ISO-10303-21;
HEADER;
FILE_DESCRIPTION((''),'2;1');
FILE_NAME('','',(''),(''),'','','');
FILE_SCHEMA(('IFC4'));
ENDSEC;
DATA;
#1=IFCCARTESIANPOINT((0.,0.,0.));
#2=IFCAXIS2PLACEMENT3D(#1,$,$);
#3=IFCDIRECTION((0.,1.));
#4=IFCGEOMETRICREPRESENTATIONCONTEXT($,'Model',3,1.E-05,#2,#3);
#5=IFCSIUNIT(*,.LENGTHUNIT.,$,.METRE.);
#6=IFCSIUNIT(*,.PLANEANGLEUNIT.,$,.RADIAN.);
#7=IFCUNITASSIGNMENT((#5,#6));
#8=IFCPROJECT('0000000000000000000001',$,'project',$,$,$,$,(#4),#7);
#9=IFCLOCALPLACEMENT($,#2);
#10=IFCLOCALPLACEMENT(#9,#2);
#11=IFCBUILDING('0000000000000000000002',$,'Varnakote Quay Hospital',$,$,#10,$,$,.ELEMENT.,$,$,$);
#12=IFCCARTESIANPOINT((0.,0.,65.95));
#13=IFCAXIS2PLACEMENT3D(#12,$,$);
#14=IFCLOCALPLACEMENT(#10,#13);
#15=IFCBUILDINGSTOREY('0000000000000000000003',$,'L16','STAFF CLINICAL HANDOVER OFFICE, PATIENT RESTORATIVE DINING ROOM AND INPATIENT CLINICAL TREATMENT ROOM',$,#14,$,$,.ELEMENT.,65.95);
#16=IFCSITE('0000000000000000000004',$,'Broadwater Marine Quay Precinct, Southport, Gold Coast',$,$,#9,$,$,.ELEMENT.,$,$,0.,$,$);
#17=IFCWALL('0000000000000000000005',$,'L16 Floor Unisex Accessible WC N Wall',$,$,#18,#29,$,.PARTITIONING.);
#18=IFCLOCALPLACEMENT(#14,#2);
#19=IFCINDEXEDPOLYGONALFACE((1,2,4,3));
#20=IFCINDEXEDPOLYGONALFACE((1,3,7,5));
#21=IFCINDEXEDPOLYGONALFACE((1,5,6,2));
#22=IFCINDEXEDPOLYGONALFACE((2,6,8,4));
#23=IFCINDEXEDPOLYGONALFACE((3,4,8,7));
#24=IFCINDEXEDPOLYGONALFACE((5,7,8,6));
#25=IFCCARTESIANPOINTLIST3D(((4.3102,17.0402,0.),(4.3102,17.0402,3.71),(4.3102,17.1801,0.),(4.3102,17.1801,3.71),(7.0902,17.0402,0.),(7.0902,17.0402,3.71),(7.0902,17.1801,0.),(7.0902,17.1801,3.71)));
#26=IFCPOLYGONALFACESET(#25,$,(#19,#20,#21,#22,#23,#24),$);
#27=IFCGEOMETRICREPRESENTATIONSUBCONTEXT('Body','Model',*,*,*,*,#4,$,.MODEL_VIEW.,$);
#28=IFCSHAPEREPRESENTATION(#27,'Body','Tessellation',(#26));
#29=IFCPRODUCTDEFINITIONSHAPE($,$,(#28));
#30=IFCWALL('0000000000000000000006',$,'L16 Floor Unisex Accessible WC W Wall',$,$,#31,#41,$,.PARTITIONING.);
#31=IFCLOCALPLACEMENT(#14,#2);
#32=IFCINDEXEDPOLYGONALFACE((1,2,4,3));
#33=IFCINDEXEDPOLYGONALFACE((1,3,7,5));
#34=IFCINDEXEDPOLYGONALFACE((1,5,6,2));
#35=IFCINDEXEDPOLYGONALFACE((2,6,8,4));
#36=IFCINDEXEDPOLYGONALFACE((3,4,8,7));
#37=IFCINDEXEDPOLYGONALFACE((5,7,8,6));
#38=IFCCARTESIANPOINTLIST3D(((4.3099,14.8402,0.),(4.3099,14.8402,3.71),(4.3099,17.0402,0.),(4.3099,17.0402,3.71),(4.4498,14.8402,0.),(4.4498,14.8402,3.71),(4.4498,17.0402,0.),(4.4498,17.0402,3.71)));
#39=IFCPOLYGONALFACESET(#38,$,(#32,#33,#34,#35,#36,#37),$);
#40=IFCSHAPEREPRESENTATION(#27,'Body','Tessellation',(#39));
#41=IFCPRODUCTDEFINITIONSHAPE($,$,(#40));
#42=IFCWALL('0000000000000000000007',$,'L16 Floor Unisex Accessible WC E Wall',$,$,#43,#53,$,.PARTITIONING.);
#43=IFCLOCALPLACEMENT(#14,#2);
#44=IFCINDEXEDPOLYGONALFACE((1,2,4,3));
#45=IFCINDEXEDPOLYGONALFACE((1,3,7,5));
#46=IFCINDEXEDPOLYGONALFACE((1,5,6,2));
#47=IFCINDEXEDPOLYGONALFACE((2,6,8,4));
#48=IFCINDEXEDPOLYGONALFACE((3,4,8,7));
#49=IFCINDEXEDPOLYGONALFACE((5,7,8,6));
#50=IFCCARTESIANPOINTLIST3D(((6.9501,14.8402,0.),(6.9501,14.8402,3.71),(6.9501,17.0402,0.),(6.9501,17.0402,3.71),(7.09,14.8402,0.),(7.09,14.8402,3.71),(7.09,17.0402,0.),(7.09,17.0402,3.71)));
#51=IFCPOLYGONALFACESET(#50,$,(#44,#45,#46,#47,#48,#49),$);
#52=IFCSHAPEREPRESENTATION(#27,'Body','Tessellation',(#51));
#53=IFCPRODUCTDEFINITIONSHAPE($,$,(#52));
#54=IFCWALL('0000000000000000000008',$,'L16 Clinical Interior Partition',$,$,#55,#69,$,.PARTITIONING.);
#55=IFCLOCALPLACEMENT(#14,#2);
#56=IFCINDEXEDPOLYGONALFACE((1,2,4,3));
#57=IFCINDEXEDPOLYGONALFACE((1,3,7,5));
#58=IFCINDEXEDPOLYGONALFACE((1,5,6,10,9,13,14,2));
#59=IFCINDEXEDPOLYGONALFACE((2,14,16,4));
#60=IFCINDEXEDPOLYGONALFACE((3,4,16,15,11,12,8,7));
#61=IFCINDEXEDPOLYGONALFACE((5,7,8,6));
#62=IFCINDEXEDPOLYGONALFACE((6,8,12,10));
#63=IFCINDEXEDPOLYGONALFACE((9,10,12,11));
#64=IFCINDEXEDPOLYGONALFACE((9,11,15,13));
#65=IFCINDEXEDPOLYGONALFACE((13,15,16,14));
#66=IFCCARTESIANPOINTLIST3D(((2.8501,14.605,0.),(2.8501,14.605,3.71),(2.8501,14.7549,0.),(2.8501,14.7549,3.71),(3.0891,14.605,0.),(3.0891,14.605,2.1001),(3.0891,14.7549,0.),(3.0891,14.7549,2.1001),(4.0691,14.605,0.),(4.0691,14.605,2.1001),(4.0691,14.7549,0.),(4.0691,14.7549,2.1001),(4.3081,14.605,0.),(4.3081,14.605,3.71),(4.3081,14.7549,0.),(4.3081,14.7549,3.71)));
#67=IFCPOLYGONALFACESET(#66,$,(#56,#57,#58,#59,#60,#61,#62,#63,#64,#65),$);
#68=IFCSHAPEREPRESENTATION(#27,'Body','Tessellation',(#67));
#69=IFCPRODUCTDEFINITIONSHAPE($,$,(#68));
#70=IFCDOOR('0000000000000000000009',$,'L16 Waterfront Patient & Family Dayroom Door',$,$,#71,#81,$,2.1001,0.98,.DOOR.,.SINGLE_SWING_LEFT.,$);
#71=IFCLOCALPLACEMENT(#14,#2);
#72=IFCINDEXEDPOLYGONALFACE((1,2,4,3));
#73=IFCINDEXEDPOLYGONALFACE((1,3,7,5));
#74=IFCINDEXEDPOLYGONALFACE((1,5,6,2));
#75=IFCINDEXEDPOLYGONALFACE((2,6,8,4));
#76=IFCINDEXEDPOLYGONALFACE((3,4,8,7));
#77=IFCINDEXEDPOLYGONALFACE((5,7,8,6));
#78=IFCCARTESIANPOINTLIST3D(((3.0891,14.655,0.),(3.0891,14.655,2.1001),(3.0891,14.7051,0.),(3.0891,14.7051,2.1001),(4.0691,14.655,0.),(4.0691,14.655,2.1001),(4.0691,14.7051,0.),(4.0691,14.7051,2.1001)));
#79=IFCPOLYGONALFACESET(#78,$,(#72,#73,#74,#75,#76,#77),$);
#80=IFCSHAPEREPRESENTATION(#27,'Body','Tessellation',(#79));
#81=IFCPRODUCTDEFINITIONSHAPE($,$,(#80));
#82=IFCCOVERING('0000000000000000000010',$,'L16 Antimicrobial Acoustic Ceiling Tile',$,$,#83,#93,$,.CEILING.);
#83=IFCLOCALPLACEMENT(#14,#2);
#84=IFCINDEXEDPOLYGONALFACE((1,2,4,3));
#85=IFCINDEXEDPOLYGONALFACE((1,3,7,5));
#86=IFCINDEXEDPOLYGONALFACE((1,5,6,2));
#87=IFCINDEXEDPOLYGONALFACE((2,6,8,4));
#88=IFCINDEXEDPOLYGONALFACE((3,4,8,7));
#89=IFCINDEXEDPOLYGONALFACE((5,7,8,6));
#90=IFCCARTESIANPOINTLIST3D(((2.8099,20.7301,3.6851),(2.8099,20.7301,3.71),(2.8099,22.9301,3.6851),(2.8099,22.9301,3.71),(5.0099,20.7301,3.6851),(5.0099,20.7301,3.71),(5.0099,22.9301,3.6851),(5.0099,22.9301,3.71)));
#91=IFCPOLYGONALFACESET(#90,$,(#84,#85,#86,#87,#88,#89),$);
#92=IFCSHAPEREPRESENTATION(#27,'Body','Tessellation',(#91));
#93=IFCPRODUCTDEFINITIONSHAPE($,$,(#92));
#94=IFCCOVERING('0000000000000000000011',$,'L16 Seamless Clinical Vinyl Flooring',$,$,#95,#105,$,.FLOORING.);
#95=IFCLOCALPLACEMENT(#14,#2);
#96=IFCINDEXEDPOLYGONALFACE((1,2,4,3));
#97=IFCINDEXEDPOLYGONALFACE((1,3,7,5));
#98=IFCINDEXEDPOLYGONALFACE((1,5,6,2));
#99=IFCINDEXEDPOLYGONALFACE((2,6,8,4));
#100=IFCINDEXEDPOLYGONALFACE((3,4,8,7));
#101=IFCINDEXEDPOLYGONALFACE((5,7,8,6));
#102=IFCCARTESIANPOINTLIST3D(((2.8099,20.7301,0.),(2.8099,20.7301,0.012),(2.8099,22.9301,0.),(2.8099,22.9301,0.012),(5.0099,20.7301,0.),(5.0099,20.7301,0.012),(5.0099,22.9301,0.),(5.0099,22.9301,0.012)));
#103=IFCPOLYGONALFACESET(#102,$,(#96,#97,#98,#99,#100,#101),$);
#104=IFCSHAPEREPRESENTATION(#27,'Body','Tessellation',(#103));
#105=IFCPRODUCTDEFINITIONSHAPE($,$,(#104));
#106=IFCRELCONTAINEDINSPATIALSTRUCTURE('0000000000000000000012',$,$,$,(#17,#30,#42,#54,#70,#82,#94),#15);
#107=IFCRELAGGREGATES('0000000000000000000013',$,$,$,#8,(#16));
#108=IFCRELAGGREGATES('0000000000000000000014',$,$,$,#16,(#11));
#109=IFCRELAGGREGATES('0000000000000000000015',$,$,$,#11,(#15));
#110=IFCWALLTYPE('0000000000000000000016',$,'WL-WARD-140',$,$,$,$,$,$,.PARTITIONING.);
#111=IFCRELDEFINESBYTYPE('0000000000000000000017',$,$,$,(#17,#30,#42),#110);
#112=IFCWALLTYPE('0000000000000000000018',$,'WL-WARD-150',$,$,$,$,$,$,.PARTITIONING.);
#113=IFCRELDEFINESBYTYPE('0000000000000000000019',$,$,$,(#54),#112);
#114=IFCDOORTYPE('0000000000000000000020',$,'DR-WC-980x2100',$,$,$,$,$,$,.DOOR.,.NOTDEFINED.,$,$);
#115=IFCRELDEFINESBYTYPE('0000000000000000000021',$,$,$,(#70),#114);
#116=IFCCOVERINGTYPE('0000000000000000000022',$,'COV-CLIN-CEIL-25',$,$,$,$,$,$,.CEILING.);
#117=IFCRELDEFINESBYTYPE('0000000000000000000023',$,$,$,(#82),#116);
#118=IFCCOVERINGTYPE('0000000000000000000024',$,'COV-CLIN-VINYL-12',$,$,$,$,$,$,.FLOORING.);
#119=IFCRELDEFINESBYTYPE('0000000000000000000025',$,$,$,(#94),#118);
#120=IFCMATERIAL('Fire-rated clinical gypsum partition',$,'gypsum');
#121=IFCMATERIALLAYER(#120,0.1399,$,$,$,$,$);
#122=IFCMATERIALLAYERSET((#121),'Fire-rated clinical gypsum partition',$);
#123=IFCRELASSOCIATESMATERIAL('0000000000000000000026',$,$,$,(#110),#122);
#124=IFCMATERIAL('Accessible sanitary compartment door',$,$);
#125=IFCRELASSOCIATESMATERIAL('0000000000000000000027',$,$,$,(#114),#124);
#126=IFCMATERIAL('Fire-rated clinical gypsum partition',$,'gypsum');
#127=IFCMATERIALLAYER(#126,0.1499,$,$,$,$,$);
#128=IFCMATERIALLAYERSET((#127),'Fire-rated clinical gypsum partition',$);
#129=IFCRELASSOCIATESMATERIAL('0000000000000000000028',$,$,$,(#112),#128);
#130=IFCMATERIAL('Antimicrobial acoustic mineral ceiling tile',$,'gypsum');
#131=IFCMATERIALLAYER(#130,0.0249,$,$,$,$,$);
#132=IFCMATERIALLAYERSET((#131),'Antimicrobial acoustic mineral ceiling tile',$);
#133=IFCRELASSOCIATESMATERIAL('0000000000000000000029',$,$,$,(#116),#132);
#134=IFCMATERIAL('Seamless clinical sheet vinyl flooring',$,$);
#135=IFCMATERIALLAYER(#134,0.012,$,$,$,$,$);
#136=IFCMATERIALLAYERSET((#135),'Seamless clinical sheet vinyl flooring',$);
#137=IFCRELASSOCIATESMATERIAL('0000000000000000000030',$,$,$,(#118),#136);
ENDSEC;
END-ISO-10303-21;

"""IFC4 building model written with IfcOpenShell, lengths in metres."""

from ifc_helpers import new_model, si_unit, direction, frame, frame_2d, origin, origin_2d, place, context, subcontext, project, spatial, rectangle, extrude, material, layer, layer_set, type_object, element, fill, save


model = new_model("IFC4")

# Units and contexts
model_context = context("Model", 3, precision=1e-05, world=origin(), true_north=direction((0.0, 1.0)))
body_context = subcontext(model_context, "Body", "Model", "MODEL_VIEW")
ifc_project = project(units=[si_unit("LENGTHUNIT", "METRE"), si_unit("PLANEANGLEUNIT", "RADIAN")], contexts=[model_context])

# Site, building, storey
site_placement = place(None, origin())
site = spatial("IfcSite", under=ifc_project, at=site_placement, Name="Broadwater Marine Quay Precinct, Southport, Gold Coast", CompositionType="ELEMENT", RefElevation=0.0)
building_placement = place(site_placement, origin())
building = spatial("IfcBuilding", under=site, at=building_placement, Name="Varnakote Quay Hospital", CompositionType="ELEMENT")
storey_placement = place(building_placement, frame((0.0, 0.0, 65.95)))
storey = spatial("IfcBuildingStorey", under=building, at=storey_placement, Name="L16", Description="STAFF CLINICAL HANDOVER OFFICE, PATIENT RESTORATIVE DINING ROOM AND INPATIENT CLINICAL TREATMENT ROOM", CompositionType="ELEMENT", Elevation=65.95)

# Shared definitions
ifc_material_1 = material(Name="Fire-rated clinical gypsum partition", Category="gypsum")
ifc_layer_1 = layer(ifc_material_1, 0.1399)
ifc_layer_set_1 = layer_set([ifc_layer_1], Name="Fire-rated clinical gypsum partition")
wall_type_1 = type_object("IfcWallType", Name="WL-WARD-140", PredefinedType="PARTITIONING", material=ifc_layer_set_1)
ifc_material_2 = material(Name="Accessible sanitary compartment door")
door_type_1 = type_object("IfcDoorType", Name="DR-WC-980x2100", OperationType="NOTDEFINED", PredefinedType="DOOR", material=ifc_material_2)

# Walls
wall_1_placement = place(storey_placement, frame((4.3101, 17.1101, 0.0), z_axis=(0.0, 0.0, 1.0), x_axis=(1.0, 0.0, 0.0)))
element("IfcWall", 1, at=wall_1_placement, inside=storey, type_object=wall_type_1, Name="L16 Floor Unisex Accessible WC N Wall", PredefinedType="PARTITIONING", context=body_context, shape_type="SweptSolid", body=[
    extrude(rectangle(XDim=2.78, YDim=0.1399, at=frame_2d((1.3901, 0.0))), origin(), (0.0, 0.0, 1.0), 3.71),
])
for number, where, z_axis, x_axis, name in (
    (2, (4.3799, 14.8401, 0.0), (0.0, 0.0, 1.0), (0.0, 1.0, 0.0), "L16 Floor Unisex Accessible WC W Wall"),
    (3, (7.02, 14.8401, 0.0), (0.0, 0.0, 1.0), (0.0, 1.0, 0.0), "L16 Floor Unisex Accessible WC E Wall"),
):
    element("IfcWall", number, at=place(storey_placement, frame(where, z_axis=z_axis, x_axis=x_axis)), inside=storey, type_object=wall_type_1, Name=name, PredefinedType="PARTITIONING", context=body_context, shape_type="SweptSolid", body=[
        extrude(rectangle(XDim=2.2, YDim=0.1399, at=frame_2d((1.1001, 0.0))), origin(), (0.0, 0.0, 1.0), 3.71),
    ])

# Wall, opening, door
ifc_material_3 = material(Name="Fire-rated clinical gypsum partition", Category="gypsum")
ifc_layer_2 = layer(ifc_material_3, 0.1499)
ifc_layer_set_2 = layer_set([ifc_layer_2], Name="Fire-rated clinical gypsum partition")
wall_type_2 = type_object("IfcWallType", Name="WL-WARD-150", PredefinedType="PARTITIONING", material=ifc_layer_set_2)
wall_2_placement = place(storey_placement, frame((4.3081, 14.6799, 0.0), z_axis=(0.0, 0.0, 1.0), x_axis=(-1.0, 0.0, 0.0)))
wall_2 = element("IfcWall", 4, at=wall_2_placement, inside=storey, type_object=wall_type_2, Name="L16 Clinical Interior Partition", PredefinedType="PARTITIONING", context=body_context, shape_type="SweptSolid", body=[
    extrude(rectangle(XDim=1.458, YDim=0.1499, at=frame_2d((0.729, 0.0))), origin(), (0.0, 0.0, 1.0), 3.71),
])
opening_1_placement = place(wall_2_placement, frame((0.239, 0.0, 0.0)))
opening_1 = element("IfcOpeningElement", 5, at=opening_1_placement, cuts=wall_2, PredefinedType="OPENING", context=body_context, shape_type="SweptSolid", body=[
    extrude(rectangle(XDim=0.98, YDim=2.1001, at=frame_2d((0.49, 1.05))), frame((0.0, 0.085, 0.0), z_axis=(0.0, -1.0, 0.0), x_axis=(1.0, 0.0, 0.0)), (0.0, 0.0, 1.0), 0.1699),
])
door_1_placement = place(opening_1_placement, origin())
door_1 = element("IfcDoor", 6, at=door_1_placement, inside=storey, type_object=door_type_1, Name="L16 Waterfront Patient & Family Dayroom Door", OperationType="SINGLE_SWING_LEFT", OverallHeight=2.1001, OverallWidth=0.98, PredefinedType="DOOR", context=body_context, shape_type="SweptSolid", body=[
    extrude(rectangle(XDim=0.98, YDim=2.1001, at=frame_2d((0.49, 1.05))), frame((0.0, 0.0249, 0.0), z_axis=(0.0, -1.0, 0.0), x_axis=(1.0, 0.0, 0.0)), (0.0, 0.0, 1.0), 0.05),
])
fill(opening_1, door_1)

# Coverings
ifc_material_4 = material(Name="Antimicrobial acoustic mineral ceiling tile", Category="gypsum")
ifc_layer_3 = layer(ifc_material_4, 0.0249)
ifc_layer_set_3 = layer_set([ifc_layer_3], Name="Antimicrobial acoustic mineral ceiling tile")
covering_type_1 = type_object("IfcCoveringType", Name="COV-CLIN-CEIL-25", PredefinedType="CEILING", material=ifc_layer_set_3)
covering_1_placement = place(storey_placement, frame((3.9099, 21.8301, 3.6851), z_axis=(0.0, 0.0, 1.0), x_axis=(1.0, 0.0, 0.0)))
element("IfcCovering", 7, at=covering_1_placement, inside=storey, type_object=covering_type_1, Name="L16 Antimicrobial Acoustic Ceiling Tile", PredefinedType="CEILING", context=body_context, shape_type="SweptSolid", body=[
    extrude(rectangle(XDim=2.2, YDim=2.2, at=origin_2d()), origin(), (0.0, 0.0, 1.0), 0.0249),
])
ifc_material_5 = material(Name="Seamless clinical sheet vinyl flooring")
ifc_layer_4 = layer(ifc_material_5, 0.012)
ifc_layer_set_4 = layer_set([ifc_layer_4], Name="Seamless clinical sheet vinyl flooring")
covering_type_2 = type_object("IfcCoveringType", Name="COV-CLIN-VINYL-12", PredefinedType="FLOORING", material=ifc_layer_set_4)
covering_2_placement = place(storey_placement, frame((3.9099, 21.8301, 0.0), z_axis=(0.0, 0.0, 1.0), x_axis=(1.0, 0.0, 0.0)))
element("IfcCovering", 8, at=covering_2_placement, inside=storey, type_object=covering_type_2, Name="L16 Seamless Clinical Vinyl Flooring", PredefinedType="FLOORING", context=body_context, shape_type="SweptSolid", body=[
    extrude(rectangle(XDim=2.2, YDim=2.2, at=origin_2d()), origin(), (0.0, 0.0, 1.0), 0.012),
])

save(model, "model.ifc")
